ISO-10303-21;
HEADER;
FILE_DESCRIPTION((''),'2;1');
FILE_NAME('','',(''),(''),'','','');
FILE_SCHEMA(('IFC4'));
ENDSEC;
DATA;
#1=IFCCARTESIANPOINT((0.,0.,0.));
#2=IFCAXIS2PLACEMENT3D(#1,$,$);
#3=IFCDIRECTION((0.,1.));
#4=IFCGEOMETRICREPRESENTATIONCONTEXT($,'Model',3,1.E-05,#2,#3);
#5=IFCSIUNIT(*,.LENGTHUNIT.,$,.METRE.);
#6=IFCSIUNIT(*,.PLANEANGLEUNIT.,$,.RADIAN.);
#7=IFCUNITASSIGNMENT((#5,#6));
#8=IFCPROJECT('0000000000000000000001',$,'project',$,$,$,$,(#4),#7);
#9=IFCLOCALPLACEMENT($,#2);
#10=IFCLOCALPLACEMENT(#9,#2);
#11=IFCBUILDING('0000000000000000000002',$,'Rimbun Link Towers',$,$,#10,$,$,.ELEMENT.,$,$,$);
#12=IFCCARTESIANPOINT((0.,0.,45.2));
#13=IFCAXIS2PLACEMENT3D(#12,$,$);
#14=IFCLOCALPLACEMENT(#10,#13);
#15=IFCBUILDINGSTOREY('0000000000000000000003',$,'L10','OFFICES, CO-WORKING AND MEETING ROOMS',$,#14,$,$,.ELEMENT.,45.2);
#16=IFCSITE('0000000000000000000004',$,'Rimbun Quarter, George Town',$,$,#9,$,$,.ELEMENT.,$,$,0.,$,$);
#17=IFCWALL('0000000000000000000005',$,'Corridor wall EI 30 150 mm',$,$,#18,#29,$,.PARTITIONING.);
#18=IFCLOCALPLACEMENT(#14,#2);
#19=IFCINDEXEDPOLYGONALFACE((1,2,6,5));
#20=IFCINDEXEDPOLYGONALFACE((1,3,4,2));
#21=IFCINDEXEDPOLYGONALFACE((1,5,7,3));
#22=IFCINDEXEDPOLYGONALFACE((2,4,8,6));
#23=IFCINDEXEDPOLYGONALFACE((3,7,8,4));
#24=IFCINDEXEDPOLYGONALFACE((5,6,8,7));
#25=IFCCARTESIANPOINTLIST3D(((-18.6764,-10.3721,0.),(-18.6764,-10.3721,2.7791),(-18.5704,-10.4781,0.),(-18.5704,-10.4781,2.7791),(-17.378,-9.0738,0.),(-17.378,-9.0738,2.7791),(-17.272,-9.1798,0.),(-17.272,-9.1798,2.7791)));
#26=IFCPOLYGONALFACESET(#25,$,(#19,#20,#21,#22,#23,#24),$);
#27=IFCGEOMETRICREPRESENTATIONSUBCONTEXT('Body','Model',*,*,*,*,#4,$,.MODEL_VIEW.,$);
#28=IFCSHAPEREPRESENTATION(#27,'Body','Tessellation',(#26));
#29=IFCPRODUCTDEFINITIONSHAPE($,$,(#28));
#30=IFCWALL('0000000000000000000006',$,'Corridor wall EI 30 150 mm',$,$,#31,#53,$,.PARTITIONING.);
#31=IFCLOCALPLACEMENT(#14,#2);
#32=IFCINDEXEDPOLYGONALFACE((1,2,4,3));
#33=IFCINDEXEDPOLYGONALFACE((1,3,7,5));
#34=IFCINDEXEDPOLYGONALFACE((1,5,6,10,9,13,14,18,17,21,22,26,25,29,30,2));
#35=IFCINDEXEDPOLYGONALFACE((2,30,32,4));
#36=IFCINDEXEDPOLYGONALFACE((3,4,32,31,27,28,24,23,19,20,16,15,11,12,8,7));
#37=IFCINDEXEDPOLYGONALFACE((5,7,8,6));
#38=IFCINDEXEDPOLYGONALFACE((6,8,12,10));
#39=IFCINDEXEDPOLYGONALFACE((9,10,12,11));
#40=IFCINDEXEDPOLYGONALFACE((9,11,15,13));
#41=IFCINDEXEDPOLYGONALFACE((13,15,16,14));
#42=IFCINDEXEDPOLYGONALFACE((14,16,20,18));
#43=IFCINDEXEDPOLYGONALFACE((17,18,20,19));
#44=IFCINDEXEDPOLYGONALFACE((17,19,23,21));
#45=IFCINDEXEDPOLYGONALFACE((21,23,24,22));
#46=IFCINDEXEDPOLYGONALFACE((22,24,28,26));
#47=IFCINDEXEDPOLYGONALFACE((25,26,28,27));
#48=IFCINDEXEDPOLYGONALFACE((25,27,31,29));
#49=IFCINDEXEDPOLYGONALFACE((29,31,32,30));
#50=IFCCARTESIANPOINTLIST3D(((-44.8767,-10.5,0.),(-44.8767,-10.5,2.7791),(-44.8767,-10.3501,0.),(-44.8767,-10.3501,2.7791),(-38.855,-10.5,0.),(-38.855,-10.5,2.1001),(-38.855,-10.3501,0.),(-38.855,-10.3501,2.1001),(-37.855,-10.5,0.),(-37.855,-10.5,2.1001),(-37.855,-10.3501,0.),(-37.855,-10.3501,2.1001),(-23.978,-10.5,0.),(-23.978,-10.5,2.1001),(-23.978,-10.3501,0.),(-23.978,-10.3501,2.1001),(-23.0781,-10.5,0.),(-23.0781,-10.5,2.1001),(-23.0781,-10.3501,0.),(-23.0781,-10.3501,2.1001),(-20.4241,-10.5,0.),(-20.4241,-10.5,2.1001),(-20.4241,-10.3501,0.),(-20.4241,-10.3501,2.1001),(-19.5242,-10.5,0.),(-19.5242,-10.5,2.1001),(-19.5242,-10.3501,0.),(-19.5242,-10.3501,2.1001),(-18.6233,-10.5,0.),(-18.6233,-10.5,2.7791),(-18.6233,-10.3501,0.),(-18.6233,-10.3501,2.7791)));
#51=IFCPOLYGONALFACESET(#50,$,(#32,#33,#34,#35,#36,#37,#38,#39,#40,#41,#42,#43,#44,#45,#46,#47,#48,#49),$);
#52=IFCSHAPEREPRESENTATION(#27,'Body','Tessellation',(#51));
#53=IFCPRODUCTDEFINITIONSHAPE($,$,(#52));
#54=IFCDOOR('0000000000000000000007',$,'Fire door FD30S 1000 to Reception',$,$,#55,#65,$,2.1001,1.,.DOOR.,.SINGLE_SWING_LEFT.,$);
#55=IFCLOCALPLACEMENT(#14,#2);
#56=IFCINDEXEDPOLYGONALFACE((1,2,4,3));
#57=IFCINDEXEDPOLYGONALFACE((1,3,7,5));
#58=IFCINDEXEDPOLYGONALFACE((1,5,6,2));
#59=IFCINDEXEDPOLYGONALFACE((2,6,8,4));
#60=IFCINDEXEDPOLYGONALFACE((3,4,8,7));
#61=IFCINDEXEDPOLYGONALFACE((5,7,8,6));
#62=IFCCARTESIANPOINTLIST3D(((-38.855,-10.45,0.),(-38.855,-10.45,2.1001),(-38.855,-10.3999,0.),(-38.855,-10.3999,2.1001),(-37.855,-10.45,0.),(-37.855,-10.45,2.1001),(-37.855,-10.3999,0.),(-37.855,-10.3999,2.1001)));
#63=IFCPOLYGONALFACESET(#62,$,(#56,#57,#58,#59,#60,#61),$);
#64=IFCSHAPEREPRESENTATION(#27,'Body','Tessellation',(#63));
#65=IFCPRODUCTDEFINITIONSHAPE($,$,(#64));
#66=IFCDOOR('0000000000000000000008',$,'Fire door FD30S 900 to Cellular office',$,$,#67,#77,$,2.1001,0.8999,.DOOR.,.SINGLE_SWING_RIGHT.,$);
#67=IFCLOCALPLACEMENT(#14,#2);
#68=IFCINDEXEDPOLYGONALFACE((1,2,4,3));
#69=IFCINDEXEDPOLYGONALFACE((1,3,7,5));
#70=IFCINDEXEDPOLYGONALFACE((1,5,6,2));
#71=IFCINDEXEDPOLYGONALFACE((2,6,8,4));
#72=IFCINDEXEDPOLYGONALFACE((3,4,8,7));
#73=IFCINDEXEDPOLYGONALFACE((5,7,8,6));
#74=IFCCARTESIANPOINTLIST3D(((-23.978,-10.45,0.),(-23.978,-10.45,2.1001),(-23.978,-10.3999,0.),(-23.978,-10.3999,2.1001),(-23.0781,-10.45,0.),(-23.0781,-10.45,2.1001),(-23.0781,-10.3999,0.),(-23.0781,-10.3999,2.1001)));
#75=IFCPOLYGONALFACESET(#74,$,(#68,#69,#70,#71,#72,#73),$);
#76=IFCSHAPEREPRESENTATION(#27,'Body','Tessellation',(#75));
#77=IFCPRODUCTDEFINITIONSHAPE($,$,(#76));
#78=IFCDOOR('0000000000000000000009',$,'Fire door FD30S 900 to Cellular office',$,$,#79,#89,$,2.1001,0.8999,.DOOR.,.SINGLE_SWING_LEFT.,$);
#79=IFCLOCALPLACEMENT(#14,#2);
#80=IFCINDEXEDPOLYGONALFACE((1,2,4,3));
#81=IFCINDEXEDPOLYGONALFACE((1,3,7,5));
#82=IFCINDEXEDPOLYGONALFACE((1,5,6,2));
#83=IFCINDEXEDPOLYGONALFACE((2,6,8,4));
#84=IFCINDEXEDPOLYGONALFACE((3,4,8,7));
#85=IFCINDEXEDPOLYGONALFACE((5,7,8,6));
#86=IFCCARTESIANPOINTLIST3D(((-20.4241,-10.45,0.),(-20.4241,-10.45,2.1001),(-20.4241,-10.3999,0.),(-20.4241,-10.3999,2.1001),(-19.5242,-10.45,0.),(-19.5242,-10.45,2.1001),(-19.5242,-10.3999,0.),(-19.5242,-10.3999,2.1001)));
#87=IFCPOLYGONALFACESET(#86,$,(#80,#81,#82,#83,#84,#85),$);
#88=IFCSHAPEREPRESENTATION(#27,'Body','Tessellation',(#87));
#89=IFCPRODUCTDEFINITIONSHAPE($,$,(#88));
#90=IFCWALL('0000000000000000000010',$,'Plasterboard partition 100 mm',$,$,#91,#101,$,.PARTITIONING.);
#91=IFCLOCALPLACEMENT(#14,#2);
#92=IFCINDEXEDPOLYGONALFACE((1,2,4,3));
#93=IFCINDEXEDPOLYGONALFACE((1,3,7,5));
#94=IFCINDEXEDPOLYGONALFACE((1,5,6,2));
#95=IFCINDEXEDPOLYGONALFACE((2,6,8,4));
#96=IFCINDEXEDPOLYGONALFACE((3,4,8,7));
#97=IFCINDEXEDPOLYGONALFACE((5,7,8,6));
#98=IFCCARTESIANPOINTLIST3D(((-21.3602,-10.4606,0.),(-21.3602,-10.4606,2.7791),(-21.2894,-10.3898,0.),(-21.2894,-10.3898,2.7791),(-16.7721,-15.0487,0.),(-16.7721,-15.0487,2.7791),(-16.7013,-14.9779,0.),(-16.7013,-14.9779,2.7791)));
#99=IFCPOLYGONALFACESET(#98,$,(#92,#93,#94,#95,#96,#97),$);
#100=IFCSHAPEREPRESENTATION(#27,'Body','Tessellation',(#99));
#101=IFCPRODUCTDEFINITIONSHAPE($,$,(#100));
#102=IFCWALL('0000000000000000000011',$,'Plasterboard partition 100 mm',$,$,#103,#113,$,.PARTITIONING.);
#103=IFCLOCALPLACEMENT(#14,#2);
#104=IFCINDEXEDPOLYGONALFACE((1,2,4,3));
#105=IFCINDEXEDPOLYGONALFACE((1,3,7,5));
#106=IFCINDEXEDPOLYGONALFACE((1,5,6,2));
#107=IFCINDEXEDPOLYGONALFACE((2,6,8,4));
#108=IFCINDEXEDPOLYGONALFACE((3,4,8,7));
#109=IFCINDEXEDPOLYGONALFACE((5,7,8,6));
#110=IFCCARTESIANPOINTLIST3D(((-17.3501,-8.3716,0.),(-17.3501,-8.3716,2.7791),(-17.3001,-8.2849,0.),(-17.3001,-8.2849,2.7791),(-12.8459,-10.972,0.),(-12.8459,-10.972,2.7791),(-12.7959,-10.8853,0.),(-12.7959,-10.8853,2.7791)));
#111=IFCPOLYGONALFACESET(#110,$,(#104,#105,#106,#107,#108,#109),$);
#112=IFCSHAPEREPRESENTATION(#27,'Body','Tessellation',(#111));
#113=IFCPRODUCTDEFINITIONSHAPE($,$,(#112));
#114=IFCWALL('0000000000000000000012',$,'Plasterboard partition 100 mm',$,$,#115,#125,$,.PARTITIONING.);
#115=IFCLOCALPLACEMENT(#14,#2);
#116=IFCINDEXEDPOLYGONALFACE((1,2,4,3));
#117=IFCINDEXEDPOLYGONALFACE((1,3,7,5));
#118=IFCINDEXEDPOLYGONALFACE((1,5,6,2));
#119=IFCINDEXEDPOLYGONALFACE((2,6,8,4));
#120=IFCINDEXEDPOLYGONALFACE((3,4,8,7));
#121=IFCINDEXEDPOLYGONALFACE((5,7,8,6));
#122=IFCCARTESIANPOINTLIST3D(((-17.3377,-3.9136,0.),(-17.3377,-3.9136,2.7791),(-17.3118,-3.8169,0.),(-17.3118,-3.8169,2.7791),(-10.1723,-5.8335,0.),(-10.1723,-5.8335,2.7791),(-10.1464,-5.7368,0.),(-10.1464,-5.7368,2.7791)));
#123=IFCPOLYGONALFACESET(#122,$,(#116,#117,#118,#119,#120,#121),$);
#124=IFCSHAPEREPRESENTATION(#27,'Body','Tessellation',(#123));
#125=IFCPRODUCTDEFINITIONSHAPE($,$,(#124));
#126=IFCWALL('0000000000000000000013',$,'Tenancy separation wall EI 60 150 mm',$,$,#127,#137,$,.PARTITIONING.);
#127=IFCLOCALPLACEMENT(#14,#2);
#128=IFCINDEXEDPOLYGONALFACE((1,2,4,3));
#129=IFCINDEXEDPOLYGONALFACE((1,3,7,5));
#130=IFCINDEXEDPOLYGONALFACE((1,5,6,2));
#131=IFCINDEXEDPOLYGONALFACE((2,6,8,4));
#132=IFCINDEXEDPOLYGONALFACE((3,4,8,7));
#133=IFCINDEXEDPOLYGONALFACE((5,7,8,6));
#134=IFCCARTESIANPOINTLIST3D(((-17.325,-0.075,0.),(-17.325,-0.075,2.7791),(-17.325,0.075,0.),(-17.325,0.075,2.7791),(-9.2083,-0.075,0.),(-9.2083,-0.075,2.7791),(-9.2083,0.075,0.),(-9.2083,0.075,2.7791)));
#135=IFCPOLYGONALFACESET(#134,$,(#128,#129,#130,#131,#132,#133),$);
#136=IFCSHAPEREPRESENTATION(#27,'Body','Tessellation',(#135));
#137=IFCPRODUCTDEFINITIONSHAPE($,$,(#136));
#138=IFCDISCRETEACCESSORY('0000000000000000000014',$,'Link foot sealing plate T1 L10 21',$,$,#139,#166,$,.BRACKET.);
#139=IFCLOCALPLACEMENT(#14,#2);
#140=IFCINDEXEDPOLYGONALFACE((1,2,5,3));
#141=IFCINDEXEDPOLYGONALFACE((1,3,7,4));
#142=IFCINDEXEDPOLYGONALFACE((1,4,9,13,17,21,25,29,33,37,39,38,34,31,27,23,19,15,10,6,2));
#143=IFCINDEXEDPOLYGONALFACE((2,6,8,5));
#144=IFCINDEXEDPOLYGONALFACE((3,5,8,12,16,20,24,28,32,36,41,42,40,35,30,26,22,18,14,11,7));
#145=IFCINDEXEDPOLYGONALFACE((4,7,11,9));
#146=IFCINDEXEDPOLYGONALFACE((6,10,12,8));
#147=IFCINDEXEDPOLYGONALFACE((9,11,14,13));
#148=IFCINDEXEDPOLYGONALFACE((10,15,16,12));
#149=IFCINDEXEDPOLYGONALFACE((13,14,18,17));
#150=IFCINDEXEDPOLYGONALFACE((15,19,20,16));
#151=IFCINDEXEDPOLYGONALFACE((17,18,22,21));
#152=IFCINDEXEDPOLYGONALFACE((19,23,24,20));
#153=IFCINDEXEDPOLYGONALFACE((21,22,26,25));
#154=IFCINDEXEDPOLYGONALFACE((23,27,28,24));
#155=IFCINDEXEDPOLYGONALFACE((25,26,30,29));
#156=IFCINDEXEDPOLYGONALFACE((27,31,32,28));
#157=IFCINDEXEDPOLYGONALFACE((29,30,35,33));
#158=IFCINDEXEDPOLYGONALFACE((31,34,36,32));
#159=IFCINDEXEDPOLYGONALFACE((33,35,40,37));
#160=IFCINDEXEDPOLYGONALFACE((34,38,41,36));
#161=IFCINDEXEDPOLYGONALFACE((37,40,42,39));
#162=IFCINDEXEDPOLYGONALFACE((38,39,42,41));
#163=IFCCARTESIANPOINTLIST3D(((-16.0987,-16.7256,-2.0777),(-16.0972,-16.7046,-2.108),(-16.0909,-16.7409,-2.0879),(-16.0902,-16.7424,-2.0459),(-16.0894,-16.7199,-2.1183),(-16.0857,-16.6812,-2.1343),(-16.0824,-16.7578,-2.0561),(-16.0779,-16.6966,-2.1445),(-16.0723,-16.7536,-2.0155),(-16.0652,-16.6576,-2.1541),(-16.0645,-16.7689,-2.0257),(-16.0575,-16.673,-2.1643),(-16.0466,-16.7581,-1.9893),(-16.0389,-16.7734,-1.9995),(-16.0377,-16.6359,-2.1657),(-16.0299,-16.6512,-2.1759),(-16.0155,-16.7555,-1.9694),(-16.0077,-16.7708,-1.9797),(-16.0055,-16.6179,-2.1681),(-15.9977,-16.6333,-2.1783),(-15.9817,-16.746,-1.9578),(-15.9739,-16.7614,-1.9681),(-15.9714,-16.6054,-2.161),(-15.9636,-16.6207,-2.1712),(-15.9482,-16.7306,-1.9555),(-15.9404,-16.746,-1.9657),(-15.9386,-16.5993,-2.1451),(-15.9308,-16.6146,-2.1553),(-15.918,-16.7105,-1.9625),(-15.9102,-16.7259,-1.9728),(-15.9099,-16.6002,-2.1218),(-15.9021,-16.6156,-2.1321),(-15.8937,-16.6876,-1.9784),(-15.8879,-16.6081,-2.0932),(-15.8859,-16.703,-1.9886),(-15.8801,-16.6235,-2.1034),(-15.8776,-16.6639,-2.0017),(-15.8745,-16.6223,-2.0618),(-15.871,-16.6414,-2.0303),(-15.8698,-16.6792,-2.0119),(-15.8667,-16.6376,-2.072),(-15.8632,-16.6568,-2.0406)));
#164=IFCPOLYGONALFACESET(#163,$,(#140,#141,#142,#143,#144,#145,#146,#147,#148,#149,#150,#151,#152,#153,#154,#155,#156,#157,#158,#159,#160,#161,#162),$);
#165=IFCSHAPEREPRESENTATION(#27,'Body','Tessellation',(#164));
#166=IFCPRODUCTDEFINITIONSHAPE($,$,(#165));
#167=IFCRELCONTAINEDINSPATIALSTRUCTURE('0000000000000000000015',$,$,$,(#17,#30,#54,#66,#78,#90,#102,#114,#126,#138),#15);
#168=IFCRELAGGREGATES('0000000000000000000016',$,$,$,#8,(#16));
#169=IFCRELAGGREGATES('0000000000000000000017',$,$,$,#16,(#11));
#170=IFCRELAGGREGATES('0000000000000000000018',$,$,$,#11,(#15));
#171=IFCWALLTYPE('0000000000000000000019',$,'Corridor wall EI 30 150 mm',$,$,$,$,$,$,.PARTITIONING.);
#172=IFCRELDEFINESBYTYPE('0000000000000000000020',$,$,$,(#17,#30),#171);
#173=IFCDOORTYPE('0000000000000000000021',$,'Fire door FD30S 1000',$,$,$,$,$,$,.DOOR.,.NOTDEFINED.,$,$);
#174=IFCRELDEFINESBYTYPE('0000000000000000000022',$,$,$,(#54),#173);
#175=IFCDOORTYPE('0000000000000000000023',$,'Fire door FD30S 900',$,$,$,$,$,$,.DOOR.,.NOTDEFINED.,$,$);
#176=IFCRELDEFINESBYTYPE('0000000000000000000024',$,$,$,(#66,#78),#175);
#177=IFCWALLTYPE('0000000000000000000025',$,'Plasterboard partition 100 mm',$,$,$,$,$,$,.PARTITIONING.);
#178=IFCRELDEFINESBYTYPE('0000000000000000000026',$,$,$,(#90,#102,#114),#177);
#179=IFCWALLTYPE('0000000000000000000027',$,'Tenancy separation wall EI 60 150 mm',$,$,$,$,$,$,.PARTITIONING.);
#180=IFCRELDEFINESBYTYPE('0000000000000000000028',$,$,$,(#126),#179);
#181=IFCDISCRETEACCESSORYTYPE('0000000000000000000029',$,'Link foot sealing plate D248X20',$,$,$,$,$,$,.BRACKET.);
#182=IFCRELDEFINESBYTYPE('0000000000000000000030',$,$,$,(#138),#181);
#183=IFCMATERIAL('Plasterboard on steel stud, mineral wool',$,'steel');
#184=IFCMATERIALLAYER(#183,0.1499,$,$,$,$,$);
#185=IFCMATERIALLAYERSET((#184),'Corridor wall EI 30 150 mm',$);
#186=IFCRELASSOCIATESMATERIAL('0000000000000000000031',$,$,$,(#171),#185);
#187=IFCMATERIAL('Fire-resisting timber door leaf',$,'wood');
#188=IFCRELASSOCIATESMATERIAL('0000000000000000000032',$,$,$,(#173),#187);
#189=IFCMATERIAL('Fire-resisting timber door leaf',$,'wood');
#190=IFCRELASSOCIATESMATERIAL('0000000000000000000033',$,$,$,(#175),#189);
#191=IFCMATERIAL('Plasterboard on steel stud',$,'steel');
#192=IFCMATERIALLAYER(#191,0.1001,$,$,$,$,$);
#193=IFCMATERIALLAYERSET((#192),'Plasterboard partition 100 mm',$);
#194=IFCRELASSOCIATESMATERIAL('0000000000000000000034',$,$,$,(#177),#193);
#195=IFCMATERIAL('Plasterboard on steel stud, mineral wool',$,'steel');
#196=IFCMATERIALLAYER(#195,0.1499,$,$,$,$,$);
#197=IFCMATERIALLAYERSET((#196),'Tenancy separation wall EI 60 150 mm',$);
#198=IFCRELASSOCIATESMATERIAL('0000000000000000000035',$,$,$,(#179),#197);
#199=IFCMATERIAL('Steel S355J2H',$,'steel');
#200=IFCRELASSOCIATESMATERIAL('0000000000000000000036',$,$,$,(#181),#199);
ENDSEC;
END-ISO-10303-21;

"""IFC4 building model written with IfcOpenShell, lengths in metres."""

from ifc_helpers import new_model, si_unit, direction, frame, frame_2d, origin, origin_2d, place, context, subcontext, project, spatial, rectangle, circle, extrude, material, layer, layer_set, material_profile, profile_set, type_object, element, fill, save


model = new_model("IFC4")

# Units and contexts
model_context = context("Model", 3, precision=1e-05, world=origin(), true_north=direction((0.0, 1.0)))
body_context = subcontext(model_context, "Body", "Model", "MODEL_VIEW")
ifc_project = project(units=[si_unit("LENGTHUNIT", "METRE"), si_unit("PLANEANGLEUNIT", "RADIAN")], contexts=[model_context])

# Site, building, storey
site_placement = place(None, origin())
site = spatial("IfcSite", under=ifc_project, at=site_placement, Name="Rimbun Quarter, George Town", CompositionType="ELEMENT", RefElevation=0.0)
building_placement = place(site_placement, origin())
building = spatial("IfcBuilding", under=site, at=building_placement, Name="Rimbun Link Towers", CompositionType="ELEMENT")
storey_placement = place(building_placement, frame((0.0, 0.0, 45.2)))
storey = spatial("IfcBuildingStorey", under=building, at=storey_placement, Name="L10", Description="OFFICES, CO-WORKING AND MEETING ROOMS", CompositionType="ELEMENT", Elevation=45.2)

# Wall
ifc_material_1 = material(Name="Plasterboard on steel stud, mineral wool", Category="steel")
ifc_layer_1 = layer(ifc_material_1, 0.1499)
ifc_layer_set_1 = layer_set([ifc_layer_1], Name="Corridor wall EI 30 150 mm")
wall_type_1 = type_object("IfcWallType", Name="Corridor wall EI 30 150 mm", PredefinedType="PARTITIONING", material=ifc_layer_set_1)
wall_1_placement = place(storey_placement, frame((-18.6233, -10.425, 0.0), z_axis=(0.0, 0.0, 1.0), x_axis=(0.707107, 0.707107, 0.0)))
element("IfcWall", 1, at=wall_1_placement, inside=storey, type_object=wall_type_1, Name="Corridor wall EI 30 150 mm", PredefinedType="PARTITIONING", context=body_context, shape_type="SweptSolid", body=[
    extrude(rectangle(XDim=1.8362, YDim=0.1499, at=frame_2d((0.918, 0.0))), origin(), (0.0, 0.0, 1.0), 2.7791),
])

# Wall, openings, doors
wall_2_placement = place(storey_placement, frame((-18.6233, -10.425, 0.0), z_axis=(0.0, 0.0, 1.0), x_axis=(-1.0, 0.0, 0.0)))
wall_2 = element("IfcWall", 2, at=wall_2_placement, inside=storey, type_object=wall_type_1, Name="Corridor wall EI 30 150 mm", PredefinedType="PARTITIONING", context=body_context, shape_type="SweptSolid", body=[
    extrude(rectangle(XDim=26.2534, YDim=0.1499, at=frame_2d((13.1267, 0.0))), origin(), (0.0, 0.0, 1.0), 2.7791),
])
opening_1_placement = place(wall_2_placement, frame((19.2317, 0.0, 0.0)))
opening_1 = element("IfcOpeningElement", 3, at=opening_1_placement, cuts=wall_2, PredefinedType="OPENING", context=body_context, shape_type="SweptSolid", body=[
    extrude(rectangle(XDim=1.0, YDim=2.1001, at=frame_2d((0.5, 1.05))), frame((0.0, 0.085, 0.0), z_axis=(0.0, -1.0, 0.0), x_axis=(1.0, 0.0, 0.0)), (0.0, 0.0, 1.0), 0.1699),
])
opening_2_placement = place(wall_2_placement, frame((4.4548, 0.0, 0.0)))
opening_2 = element("IfcOpeningElement", 4, at=opening_2_placement, cuts=wall_2, PredefinedType="OPENING", context=body_context, shape_type="SweptSolid", body=[
    extrude(rectangle(XDim=0.8999, YDim=2.1001, at=frame_2d((0.45, 1.05))), frame((0.0, 0.085, 0.0), z_axis=(0.0, -1.0, 0.0), x_axis=(1.0, 0.0, 0.0)), (0.0, 0.0, 1.0), 0.1699),
])
opening_3_placement = place(wall_2_placement, frame((0.9009, 0.0, 0.0)))
opening_3 = element("IfcOpeningElement", 5, at=opening_3_placement, cuts=wall_2, PredefinedType="OPENING", context=body_context, shape_type="SweptSolid", body=[
    extrude(rectangle(XDim=0.8999, YDim=2.1001, at=frame_2d((0.45, 1.05))), frame((0.0, 0.085, 0.0), z_axis=(0.0, -1.0, 0.0), x_axis=(1.0, 0.0, 0.0)), (0.0, 0.0, 1.0), 0.1699),
])
ifc_material_2 = material(Name="Fire-resisting timber door leaf", Category="wood")
door_type_1 = type_object("IfcDoorType", Name="Fire door FD30S 1000", OperationType="NOTDEFINED", PredefinedType="DOOR", material=ifc_material_2)
door_1_placement = place(opening_1_placement, origin())
door_1 = element("IfcDoor", 6, at=door_1_placement, inside=storey, type_object=door_type_1, Name="Fire door FD30S 1000 to Reception", OperationType="SINGLE_SWING_LEFT", OverallHeight=2.1001, OverallWidth=1.0, PredefinedType="DOOR", context=body_context, shape_type="SweptSolid", body=[
    extrude(rectangle(XDim=1.0, YDim=2.1001, at=frame_2d((0.5, 1.05))), frame((0.0, 0.0249, 0.0), z_axis=(0.0, -1.0, 0.0), x_axis=(1.0, 0.0, 0.0)), (0.0, 0.0, 1.0), 0.05),
])
fill(opening_1, door_1)
ifc_material_3 = material(Name="Fire-resisting timber door leaf", Category="wood")
door_type_2 = type_object("IfcDoorType", Name="Fire door FD30S 900", OperationType="NOTDEFINED", PredefinedType="DOOR", material=ifc_material_3)
door_2_placement = place(opening_2_placement, origin())
door_2 = element("IfcDoor", 7, at=door_2_placement, inside=storey, type_object=door_type_2, Name="Fire door FD30S 900 to Cellular office", OperationType="SINGLE_SWING_RIGHT", OverallHeight=2.1001, OverallWidth=0.8999, PredefinedType="DOOR", context=body_context, shape_type="SweptSolid", body=[
    extrude(rectangle(XDim=0.8999, YDim=2.1001, at=frame_2d((0.45, 1.05))), frame((0.0, 0.0249, 0.0), z_axis=(0.0, -1.0, 0.0), x_axis=(1.0, 0.0, 0.0)), (0.0, 0.0, 1.0), 0.05),
])
fill(opening_2, door_2)
door_3_placement = place(opening_3_placement, origin())
door_3 = element("IfcDoor", 8, at=door_3_placement, inside=storey, type_object=door_type_2, Name="Fire door FD30S 900 to Cellular office", OperationType="SINGLE_SWING_LEFT", OverallHeight=2.1001, OverallWidth=0.8999, PredefinedType="DOOR", context=body_context, shape_type="SweptSolid", body=[
    extrude(rectangle(XDim=0.8999, YDim=2.1001, at=frame_2d((0.45, 1.05))), frame((0.0, 0.0249, 0.0), z_axis=(0.0, -1.0, 0.0), x_axis=(1.0, 0.0, 0.0)), (0.0, 0.0, 1.0), 0.05),
])
fill(opening_3, door_3)

# Walls
ifc_material_4 = material(Name="Plasterboard on steel stud", Category="steel")
ifc_layer_2 = layer(ifc_material_4, 0.1001)
ifc_layer_set_2 = layer_set([ifc_layer_2], Name="Plasterboard partition 100 mm")
wall_type_2 = type_object("IfcWallType", Name="Plasterboard partition 100 mm", PredefinedType="PARTITIONING", material=ifc_layer_set_2)
wall_3_placement = place(storey_placement, frame((-16.7368, -15.0132, 0.0), z_axis=(0.0, 0.0, 1.0), x_axis=(-0.707107, 0.707107, 0.0)))
element("IfcWall", 9, at=wall_3_placement, inside=storey, type_object=wall_type_2, Name="Plasterboard partition 100 mm", PredefinedType="PARTITIONING", context=body_context, shape_type="SweptSolid", body=[
    extrude(rectangle(XDim=6.4885, YDim=0.1001, at=frame_2d((3.2441, 0.0))), origin(), (0.0, 0.0, 1.0), 2.7791),
])
wall_4_placement = place(storey_placement, frame((-12.8208, -10.9287, 0.0), z_axis=(0.0, 0.0, 1.0), x_axis=(-0.866036, 0.499981, 0.0)))
element("IfcWall", 10, at=wall_4_placement, inside=storey, type_object=wall_type_2, Name="Plasterboard partition 100 mm", PredefinedType="PARTITIONING", context=body_context, shape_type="SweptSolid", body=[
    extrude(rectangle(XDim=5.2009, YDim=0.1001, at=frame_2d((2.6006, 0.0))), origin(), (0.0, 0.0, 1.0), 2.7791),
])
wall_5_placement = place(storey_placement, frame((-10.1594, -5.7852, 0.0), z_axis=(0.0, 0.0, 1.0), x_axis=(-0.965928, 0.25881, 0.0)))
element("IfcWall", 11, at=wall_5_placement, inside=storey, type_object=wall_type_2, Name="Plasterboard partition 100 mm", PredefinedType="PARTITIONING", context=body_context, shape_type="SweptSolid", body=[
    extrude(rectangle(XDim=7.4182, YDim=0.1001, at=frame_2d((3.709, 0.0))), origin(), (0.0, 0.0, 1.0), 2.7791),
])
ifc_material_5 = material(Name="Plasterboard on steel stud, mineral wool", Category="steel")
ifc_layer_3 = layer(ifc_material_5, 0.1499)
ifc_layer_set_3 = layer_set([ifc_layer_3], Name="Tenancy separation wall EI 60 150 mm")
wall_type_3 = type_object("IfcWallType", Name="Tenancy separation wall EI 60 150 mm", PredefinedType="PARTITIONING", material=ifc_layer_set_3)
wall_6_placement = place(storey_placement, frame((-17.325, 0.0, 0.0), z_axis=(0.0, 0.0, 1.0), x_axis=(1.0, 0.0, 0.0)))
element("IfcWall", 12, at=wall_6_placement, inside=storey, type_object=wall_type_3, Name="Tenancy separation wall EI 60 150 mm", PredefinedType="PARTITIONING", context=body_context, shape_type="SweptSolid", body=[
    extrude(rectangle(XDim=8.1167, YDim=0.1499, at=frame_2d((4.0583, 0.0))), origin(), (0.0, 0.0, 1.0), 2.7791),
])

# Discrete accessory
ifc_material_6 = material(Name="Steel S355J2H", Category="steel")
ifc_material_profile_1 = material_profile(ifc_material_6, circle(Radius=0.124, at=origin_2d()), Name="PL D248")
ifc_profile_set_1 = profile_set([ifc_material_profile_1], Name="Steel S355J2H")
discrete_accessory_type_1 = type_object("IfcDiscreteAccessoryType", Name="Link foot sealing plate D248X20", PredefinedType="BRACKET", material=ifc_profile_set_1)
for number, where, z_axis, x_axis, name in (
    (13, (-15.9851, -16.6785, -2.0618), (0.38929, -0.766414, -0.510943), (0.891579, 0.452865, 0.0), "Link foot sealing plate T1 L10 21"),
):
    element("IfcDiscreteAccessory", number, at=place(storey_placement, frame(where, z_axis=z_axis, x_axis=x_axis)), inside=storey, type_object=discrete_accessory_type_1, Name=name, PredefinedType="BRACKET", context=body_context, shape_type="SweptSolid", body=[
        extrude(circle(Radius=0.124, at=origin_2d()), origin(), (0.0, 0.0, 1.0), 0.02),
    ])

save(model, "model.ifc")
